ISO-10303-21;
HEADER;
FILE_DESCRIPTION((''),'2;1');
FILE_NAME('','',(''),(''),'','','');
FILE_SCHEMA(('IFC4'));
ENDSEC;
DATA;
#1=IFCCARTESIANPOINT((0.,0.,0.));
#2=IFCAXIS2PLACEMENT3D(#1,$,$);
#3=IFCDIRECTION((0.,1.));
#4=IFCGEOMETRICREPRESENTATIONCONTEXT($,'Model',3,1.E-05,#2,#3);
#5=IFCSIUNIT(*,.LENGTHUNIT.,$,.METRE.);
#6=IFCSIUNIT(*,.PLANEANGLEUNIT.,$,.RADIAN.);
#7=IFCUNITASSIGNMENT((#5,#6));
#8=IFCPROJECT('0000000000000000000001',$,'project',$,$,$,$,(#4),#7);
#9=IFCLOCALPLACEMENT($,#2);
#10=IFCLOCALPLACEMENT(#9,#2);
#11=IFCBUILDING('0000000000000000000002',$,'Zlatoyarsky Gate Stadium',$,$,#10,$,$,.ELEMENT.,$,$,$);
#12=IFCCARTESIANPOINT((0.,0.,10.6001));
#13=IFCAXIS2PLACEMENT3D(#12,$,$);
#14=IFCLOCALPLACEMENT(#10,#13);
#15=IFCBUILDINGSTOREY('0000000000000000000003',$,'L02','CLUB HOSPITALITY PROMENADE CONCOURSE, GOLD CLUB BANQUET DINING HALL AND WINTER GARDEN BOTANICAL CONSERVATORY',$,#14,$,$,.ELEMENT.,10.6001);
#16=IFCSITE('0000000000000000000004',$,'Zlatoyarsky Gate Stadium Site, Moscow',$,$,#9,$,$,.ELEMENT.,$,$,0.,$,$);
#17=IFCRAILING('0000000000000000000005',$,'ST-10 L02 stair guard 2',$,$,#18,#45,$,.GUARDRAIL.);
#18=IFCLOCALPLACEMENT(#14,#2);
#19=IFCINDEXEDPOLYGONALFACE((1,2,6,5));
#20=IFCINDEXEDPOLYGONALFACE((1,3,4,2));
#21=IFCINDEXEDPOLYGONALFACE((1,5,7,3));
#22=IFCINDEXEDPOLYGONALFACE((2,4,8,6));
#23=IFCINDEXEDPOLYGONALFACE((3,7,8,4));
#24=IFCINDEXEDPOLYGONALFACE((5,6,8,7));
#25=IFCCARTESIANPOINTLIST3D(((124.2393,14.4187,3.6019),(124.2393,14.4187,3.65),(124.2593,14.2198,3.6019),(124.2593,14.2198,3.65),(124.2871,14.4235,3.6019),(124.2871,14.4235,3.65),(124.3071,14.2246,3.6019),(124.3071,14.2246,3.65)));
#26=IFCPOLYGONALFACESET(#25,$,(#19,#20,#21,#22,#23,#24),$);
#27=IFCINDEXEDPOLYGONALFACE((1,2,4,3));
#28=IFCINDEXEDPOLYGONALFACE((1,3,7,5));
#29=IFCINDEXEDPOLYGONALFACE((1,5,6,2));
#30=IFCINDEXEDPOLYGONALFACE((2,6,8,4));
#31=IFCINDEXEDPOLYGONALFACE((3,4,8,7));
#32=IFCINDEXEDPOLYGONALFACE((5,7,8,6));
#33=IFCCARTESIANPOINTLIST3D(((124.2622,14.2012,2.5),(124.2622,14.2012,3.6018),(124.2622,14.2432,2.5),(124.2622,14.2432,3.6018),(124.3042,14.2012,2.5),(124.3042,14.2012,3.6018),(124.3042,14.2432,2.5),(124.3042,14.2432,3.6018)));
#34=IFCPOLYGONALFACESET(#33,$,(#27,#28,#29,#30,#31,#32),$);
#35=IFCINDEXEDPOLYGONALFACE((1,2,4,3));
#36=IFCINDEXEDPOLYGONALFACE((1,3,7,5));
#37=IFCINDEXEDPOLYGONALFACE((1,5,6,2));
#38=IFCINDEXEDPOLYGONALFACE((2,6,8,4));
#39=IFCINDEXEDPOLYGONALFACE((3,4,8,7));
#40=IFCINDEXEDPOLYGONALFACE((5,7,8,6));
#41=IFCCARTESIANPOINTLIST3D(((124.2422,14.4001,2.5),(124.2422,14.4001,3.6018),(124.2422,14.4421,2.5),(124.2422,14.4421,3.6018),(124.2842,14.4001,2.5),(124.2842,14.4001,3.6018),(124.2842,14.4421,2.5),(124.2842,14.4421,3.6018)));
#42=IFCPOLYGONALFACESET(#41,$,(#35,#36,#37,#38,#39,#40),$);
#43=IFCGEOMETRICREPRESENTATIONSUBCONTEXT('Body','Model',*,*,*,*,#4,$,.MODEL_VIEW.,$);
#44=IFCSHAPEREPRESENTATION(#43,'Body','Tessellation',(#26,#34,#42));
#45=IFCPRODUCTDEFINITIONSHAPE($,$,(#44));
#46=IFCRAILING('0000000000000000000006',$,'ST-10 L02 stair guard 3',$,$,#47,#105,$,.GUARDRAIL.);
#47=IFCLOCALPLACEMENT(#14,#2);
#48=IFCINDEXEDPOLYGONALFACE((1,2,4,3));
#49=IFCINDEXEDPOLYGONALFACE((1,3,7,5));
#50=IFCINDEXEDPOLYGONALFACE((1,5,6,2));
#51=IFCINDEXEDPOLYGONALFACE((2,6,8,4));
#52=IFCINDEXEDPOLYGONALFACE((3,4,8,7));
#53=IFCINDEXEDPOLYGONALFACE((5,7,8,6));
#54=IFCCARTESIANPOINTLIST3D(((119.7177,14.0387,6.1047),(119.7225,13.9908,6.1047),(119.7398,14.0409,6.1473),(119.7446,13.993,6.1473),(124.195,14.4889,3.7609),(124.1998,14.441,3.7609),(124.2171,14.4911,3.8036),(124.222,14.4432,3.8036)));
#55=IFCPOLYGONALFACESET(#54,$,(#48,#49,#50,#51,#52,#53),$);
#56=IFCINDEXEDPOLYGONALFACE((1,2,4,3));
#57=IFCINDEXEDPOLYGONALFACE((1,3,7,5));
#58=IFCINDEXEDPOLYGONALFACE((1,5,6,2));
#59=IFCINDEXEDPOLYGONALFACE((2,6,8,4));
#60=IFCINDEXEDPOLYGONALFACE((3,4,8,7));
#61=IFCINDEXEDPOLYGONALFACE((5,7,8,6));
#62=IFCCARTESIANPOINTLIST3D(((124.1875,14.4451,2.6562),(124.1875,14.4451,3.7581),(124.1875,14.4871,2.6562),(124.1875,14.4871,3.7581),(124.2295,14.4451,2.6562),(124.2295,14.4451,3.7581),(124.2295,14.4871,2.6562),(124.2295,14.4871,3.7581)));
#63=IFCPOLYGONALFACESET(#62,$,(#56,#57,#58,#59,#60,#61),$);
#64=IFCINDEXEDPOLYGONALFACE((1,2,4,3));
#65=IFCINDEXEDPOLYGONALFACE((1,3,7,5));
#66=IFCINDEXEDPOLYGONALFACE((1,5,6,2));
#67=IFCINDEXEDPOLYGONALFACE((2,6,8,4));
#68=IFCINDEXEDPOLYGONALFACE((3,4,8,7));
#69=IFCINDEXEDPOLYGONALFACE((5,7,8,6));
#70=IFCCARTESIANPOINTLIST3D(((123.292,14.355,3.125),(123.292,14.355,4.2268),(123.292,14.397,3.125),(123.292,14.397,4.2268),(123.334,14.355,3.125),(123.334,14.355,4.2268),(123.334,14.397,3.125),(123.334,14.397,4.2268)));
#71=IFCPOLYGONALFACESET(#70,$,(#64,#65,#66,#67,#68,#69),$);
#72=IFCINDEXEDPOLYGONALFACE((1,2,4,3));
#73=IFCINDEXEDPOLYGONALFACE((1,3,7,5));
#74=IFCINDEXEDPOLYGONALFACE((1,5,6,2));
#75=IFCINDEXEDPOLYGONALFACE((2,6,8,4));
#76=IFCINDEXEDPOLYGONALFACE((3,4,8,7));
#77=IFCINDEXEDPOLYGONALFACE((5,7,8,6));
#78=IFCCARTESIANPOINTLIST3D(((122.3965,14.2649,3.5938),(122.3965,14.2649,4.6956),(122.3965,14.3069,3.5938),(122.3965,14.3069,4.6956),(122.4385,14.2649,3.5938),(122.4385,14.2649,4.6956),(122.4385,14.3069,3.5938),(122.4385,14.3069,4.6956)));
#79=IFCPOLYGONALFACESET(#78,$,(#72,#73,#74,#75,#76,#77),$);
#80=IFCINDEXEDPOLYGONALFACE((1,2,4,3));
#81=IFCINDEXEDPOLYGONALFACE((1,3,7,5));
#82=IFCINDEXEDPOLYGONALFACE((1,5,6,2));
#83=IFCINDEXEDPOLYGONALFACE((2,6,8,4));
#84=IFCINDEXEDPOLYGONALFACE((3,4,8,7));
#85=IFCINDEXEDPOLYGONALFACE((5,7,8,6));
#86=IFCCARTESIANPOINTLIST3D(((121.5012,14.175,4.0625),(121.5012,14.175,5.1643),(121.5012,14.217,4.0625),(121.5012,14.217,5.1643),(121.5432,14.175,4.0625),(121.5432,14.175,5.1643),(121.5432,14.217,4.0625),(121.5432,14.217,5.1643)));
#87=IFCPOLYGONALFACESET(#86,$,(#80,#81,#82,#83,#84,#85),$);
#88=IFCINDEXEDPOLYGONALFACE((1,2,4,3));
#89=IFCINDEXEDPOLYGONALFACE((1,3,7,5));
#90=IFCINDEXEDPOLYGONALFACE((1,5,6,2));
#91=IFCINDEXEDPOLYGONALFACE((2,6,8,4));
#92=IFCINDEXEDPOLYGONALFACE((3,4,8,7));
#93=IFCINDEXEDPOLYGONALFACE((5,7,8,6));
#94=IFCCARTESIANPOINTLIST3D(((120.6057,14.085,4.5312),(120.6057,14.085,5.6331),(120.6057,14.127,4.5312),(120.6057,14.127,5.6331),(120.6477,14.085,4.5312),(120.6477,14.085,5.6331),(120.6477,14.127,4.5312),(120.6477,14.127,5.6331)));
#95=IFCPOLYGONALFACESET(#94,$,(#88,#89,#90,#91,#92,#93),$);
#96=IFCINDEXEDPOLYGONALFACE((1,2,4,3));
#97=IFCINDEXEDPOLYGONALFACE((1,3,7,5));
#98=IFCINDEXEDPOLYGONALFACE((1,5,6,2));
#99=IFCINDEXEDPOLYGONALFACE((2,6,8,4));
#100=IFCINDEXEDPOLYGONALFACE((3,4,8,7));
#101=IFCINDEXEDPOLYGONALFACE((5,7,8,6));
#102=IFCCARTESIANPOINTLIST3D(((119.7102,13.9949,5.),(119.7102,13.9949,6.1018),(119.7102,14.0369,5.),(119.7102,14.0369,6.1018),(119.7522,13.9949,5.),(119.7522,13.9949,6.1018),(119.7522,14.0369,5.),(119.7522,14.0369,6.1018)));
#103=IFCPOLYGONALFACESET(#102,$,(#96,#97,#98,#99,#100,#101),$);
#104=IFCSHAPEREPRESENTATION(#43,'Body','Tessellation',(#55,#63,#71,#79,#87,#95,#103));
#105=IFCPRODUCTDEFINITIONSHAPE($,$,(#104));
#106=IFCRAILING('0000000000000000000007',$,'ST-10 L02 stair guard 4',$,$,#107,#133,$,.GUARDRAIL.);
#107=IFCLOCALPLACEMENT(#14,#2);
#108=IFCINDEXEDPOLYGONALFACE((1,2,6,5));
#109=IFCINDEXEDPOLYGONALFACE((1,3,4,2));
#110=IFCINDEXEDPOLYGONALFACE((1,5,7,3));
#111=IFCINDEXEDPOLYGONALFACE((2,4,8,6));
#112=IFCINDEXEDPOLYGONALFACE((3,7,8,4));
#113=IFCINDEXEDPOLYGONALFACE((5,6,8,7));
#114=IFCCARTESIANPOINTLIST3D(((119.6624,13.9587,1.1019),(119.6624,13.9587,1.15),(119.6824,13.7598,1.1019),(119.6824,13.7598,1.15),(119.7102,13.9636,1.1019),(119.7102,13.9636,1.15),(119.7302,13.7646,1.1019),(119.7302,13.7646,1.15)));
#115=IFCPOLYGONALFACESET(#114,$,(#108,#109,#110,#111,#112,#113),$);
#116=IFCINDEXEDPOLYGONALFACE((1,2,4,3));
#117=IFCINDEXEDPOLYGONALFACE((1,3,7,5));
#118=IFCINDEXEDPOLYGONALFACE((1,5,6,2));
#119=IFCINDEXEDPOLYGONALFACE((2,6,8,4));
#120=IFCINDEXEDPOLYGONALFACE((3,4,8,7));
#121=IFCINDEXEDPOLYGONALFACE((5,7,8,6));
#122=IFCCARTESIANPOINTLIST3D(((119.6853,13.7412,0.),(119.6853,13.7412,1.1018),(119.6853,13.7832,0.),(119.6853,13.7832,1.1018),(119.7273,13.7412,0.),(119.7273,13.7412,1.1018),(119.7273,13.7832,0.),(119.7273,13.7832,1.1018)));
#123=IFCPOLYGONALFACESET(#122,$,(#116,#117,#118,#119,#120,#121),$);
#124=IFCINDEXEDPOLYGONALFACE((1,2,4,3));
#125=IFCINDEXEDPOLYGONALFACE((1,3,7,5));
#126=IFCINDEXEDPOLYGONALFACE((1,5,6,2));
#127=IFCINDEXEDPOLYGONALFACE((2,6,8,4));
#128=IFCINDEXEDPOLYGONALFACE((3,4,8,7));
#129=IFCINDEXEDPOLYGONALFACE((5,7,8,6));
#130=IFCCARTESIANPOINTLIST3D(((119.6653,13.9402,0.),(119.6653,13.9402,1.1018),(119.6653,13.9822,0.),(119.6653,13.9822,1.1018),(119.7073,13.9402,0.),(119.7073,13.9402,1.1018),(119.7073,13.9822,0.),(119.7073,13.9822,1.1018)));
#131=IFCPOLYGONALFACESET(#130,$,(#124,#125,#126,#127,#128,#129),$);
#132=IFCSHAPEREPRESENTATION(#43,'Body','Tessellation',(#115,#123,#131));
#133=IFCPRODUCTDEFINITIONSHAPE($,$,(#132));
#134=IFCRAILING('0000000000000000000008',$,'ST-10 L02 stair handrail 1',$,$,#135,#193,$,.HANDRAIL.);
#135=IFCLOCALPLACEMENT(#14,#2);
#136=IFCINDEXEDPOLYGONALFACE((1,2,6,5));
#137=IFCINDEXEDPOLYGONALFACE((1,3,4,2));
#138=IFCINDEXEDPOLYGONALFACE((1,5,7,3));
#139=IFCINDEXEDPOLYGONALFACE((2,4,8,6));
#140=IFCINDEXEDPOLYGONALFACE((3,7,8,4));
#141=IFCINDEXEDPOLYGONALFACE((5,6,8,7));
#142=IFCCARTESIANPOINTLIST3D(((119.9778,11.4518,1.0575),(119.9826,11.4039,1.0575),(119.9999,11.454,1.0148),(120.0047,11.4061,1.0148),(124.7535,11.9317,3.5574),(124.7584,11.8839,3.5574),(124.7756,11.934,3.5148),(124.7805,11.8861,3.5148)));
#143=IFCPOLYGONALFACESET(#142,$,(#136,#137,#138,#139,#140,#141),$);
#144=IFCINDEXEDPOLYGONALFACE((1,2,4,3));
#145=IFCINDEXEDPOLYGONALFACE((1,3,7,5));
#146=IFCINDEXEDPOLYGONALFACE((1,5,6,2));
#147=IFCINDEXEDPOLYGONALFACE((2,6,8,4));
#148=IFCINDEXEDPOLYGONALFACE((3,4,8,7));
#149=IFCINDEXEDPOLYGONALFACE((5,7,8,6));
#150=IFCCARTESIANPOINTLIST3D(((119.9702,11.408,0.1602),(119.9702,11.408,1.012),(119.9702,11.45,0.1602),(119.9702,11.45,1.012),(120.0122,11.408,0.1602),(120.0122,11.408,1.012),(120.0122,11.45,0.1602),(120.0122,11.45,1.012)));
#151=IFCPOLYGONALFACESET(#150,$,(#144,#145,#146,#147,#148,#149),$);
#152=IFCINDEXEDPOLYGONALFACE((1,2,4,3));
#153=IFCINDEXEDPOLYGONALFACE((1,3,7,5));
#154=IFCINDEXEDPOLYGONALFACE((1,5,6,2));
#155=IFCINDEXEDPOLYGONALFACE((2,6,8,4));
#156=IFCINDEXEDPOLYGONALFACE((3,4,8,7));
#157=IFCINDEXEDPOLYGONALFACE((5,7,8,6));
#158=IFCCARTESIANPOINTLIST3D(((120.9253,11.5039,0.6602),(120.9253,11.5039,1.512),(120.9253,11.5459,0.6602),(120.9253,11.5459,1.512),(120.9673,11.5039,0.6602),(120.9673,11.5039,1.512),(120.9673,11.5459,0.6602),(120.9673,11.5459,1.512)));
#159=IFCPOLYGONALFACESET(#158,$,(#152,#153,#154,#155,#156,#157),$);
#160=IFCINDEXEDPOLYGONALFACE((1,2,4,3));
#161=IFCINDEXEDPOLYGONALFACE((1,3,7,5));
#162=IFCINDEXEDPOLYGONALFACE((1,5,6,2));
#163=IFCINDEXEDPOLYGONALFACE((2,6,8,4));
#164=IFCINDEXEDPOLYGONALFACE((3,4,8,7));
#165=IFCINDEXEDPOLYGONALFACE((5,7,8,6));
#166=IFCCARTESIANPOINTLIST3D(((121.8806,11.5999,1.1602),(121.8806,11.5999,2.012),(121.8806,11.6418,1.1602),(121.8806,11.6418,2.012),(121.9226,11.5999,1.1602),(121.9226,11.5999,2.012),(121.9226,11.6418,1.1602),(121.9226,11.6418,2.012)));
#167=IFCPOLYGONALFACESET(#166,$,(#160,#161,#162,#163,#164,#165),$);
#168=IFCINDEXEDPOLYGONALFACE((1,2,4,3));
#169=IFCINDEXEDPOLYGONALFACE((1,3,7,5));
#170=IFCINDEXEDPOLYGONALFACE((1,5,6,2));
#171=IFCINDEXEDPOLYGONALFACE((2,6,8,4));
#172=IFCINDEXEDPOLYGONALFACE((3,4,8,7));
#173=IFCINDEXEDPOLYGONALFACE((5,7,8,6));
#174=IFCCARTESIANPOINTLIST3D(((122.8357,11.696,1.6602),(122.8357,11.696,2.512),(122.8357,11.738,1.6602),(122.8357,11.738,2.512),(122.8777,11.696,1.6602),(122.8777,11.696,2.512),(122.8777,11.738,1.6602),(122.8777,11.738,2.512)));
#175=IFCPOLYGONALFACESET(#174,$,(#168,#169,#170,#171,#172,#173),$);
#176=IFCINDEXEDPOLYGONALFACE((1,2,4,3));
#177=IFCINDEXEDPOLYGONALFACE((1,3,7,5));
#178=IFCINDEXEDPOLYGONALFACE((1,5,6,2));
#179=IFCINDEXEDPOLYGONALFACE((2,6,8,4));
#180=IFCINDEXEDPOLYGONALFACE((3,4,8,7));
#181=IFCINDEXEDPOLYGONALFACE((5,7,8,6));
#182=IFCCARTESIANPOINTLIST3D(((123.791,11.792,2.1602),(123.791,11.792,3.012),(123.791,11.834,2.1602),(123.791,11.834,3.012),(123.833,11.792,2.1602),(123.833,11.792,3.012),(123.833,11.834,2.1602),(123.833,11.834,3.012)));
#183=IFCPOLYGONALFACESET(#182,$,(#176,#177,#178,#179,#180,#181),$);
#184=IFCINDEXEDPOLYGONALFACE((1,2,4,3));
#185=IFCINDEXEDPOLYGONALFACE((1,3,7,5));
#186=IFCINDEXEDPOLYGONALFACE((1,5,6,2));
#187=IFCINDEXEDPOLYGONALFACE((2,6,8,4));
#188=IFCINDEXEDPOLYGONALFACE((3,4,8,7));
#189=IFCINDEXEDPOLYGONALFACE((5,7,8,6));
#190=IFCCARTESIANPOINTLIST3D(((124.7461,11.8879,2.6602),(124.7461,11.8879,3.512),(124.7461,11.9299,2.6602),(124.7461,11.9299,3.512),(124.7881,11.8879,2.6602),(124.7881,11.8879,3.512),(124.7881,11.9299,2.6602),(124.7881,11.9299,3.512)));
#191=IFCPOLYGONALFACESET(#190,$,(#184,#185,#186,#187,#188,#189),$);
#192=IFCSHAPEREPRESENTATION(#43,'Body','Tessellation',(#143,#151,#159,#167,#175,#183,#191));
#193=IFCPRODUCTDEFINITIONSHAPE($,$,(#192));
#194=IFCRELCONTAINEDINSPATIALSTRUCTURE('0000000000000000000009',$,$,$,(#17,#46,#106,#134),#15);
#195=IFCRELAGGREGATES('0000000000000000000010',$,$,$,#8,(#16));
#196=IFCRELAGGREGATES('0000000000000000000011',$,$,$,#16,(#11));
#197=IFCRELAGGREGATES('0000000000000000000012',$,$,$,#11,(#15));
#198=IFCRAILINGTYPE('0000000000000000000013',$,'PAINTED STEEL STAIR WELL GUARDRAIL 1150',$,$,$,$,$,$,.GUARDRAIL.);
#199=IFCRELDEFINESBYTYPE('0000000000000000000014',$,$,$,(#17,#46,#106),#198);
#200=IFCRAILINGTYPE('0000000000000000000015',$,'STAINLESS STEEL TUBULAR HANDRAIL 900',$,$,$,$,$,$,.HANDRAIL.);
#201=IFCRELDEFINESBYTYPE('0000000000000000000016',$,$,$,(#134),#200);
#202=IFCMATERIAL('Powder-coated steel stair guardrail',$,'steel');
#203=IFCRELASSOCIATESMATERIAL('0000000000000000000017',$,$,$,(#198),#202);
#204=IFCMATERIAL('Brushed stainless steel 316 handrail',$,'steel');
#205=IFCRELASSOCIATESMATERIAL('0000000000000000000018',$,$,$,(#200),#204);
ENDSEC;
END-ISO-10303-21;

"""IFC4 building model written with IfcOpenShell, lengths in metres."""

from ifc_helpers import new_model, si_unit, direction, frame, origin, origin_2d, place, context, subcontext, project, spatial, rectangle, extrude, material, type_object, element, save


model = new_model("IFC4")

# Units and contexts
model_context = context("Model", 3, precision=1e-05, world=origin(), true_north=direction((0.0, 1.0)))
body_context = subcontext(model_context, "Body", "Model", "MODEL_VIEW")
ifc_project = project(units=[si_unit("LENGTHUNIT", "METRE"), si_unit("PLANEANGLEUNIT", "RADIAN")], contexts=[model_context])

# Site, building, storey
site_placement = place(None, origin())
site = spatial("IfcSite", under=ifc_project, at=site_placement, Name="Zlatoyarsky Gate Stadium Site, Moscow", CompositionType="ELEMENT", RefElevation=0.0)
building_placement = place(site_placement, origin())
building = spatial("IfcBuilding", under=site, at=building_placement, Name="Zlatoyarsky Gate Stadium", CompositionType="ELEMENT")
storey_placement = place(building_placement, frame((0.0, 0.0, 10.6001)))
storey = spatial("IfcBuildingStorey", under=building, at=storey_placement, Name="L02", Description="CLUB HOSPITALITY PROMENADE CONCOURSE, GOLD CLUB BANQUET DINING HALL AND WINTER GARDEN BOTANICAL CONSERVATORY", CompositionType="ELEMENT", Elevation=10.6001)

# Railings
ifc_material_1 = material(Name="Powder-coated steel stair guardrail", Category="steel")
railing_type_1 = type_object("IfcRailingType", Name="PAINTED STEEL STAIR WELL GUARDRAIL 1150", PredefinedType="GUARDRAIL", material=ifc_material_1)
railing_1_placement = place(storey_placement, frame((124.2832, 14.2222, 2.5)))
element("IfcRailing", 1, at=railing_1_placement, inside=storey, type_object=railing_type_1, Name="ST-10 L02 stair guard 2", PredefinedType="GUARDRAIL", context=body_context, shape_type="SweptSolid", body=[
    extrude(rectangle(XDim=0.0481, YDim=0.0481, at=origin_2d()), frame((0.0, 0.0, 1.126), z_axis=(-0.100108, 0.994977, 0.0), x_axis=(-0.994977, -0.100108, 0.0)), (0.0, 0.0, 1.0), 0.2),
    extrude(rectangle(XDim=0.042, YDim=0.042, at=origin_2d()), origin(), (0.0, 0.0, 1.0), 1.1018),
    extrude(rectangle(XDim=0.042, YDim=0.042, at=origin_2d()), frame((-0.02, 0.199, 0.0)), (0.0, 0.0, 1.0), 1.1018),
])
railing_2_placement = place(storey_placement, frame((124.2085, 14.4661, 2.6562)))
element("IfcRailing", 2, at=railing_2_placement, inside=storey, type_object=railing_type_1, Name="ST-10 L02 stair guard 3", PredefinedType="GUARDRAIL", context=body_context, shape_type="SweptSolid", body=[
    extrude(rectangle(XDim=0.0481, YDim=0.0481, at=origin_2d()), frame((0.0, 0.0, 1.126), z_axis=(-0.882459, -0.088732, 0.461945), x_axis=(0.100046, -0.994983, 0.0)), (0.0, 0.0, 1.0), 5.0737),
    extrude(rectangle(XDim=0.042, YDim=0.042, at=origin_2d()), origin(), (0.0, 0.0, 1.0), 1.1018),
    extrude(rectangle(XDim=0.042, YDim=0.042, at=origin_2d()), frame((-0.8955, -0.0901, 0.4688)), (0.0, 0.0, 1.0), 1.1018),
    extrude(rectangle(XDim=0.042, YDim=0.042, at=origin_2d()), frame((-1.791, -0.1802, 0.9375)), (0.0, 0.0, 1.0), 1.1018),
    extrude(rectangle(XDim=0.042, YDim=0.042, at=origin_2d()), frame((-2.6863, -0.27, 1.4062)), (0.0, 0.0, 1.0), 1.1018),
    extrude(rectangle(XDim=0.042, YDim=0.042, at=origin_2d()), frame((-3.5818, -0.3601, 1.875)), (0.0, 0.0, 1.0), 1.1018),
    extrude(rectangle(XDim=0.042, YDim=0.042, at=origin_2d()), frame((-4.4773, -0.4502, 2.3438)), (0.0, 0.0, 1.0), 1.1018),
])
railing_3_placement = place(storey_placement, frame((119.7063, 13.7622, 0.0)))
element("IfcRailing", 3, at=railing_3_placement, inside=storey, type_object=railing_type_1, Name="ST-10 L02 stair guard 4", PredefinedType="GUARDRAIL", context=body_context, shape_type="SweptSolid", body=[
    extrude(rectangle(XDim=0.0481, YDim=0.0481, at=origin_2d()), frame((0.0, 0.0, 1.126), z_axis=(-0.100108, 0.994977, 0.0), x_axis=(-0.994977, -0.100108, 0.0)), (0.0, 0.0, 1.0), 0.2),
    extrude(rectangle(XDim=0.042, YDim=0.042, at=origin_2d()), origin(), (0.0, 0.0, 1.0), 1.1018),
    extrude(rectangle(XDim=0.042, YDim=0.042, at=origin_2d()), frame((-0.02, 0.199, 0.0)), (0.0, 0.0, 1.0), 1.1018),
])
ifc_material_2 = material(Name="Brushed stainless steel 316 handrail", Category="steel")
railing_type_2 = type_object("IfcRailingType", Name="STAINLESS STEEL TUBULAR HANDRAIL 900", PredefinedType="HANDRAIL", material=ifc_material_2)
railing_4_placement = place(storey_placement, frame((119.9912, 11.429, 0.1602)))
element("IfcRailing", 4, at=railing_4_placement, inside=storey, type_object=railing_type_2, Name="ST-10 L02 stair handrail 1", PredefinedType="HANDRAIL", context=body_context, shape_type="SweptSolid", body=[
    extrude(rectangle(XDim=0.0481, YDim=0.0481, at=origin_2d()), frame((0.0, 0.0, 0.876), z_axis=(0.882466, 0.088689, 0.461939), x_axis=(-0.099997, 0.994988, 0.0)), (0.0, 0.0, 1.0), 5.4119),
    extrude(rectangle(XDim=0.042, YDim=0.042, at=origin_2d()), origin(), (0.0, 0.0, 1.0), 0.8518),
    extrude(rectangle(XDim=0.042, YDim=0.042, at=origin_2d()), frame((0.9551, 0.0959, 0.5)), (0.0, 0.0, 1.0), 0.8518),
    extrude(rectangle(XDim=0.042, YDim=0.042, at=origin_2d()), frame((1.9104, 0.1919, 1.0)), (0.0, 0.0, 1.0), 0.8518),
    extrude(rectangle(XDim=0.042, YDim=0.042, at=origin_2d()), frame((2.8655, 0.2881, 1.5)), (0.0, 0.0, 1.0), 0.8518),
    extrude(rectangle(XDim=0.042, YDim=0.042, at=origin_2d()), frame((3.8208, 0.384, 2.0)), (0.0, 0.0, 1.0), 0.8518),
    extrude(rectangle(XDim=0.042, YDim=0.042, at=origin_2d()), frame((4.7759, 0.48, 2.5)), (0.0, 0.0, 1.0), 0.8518),
])

save(model, "model.ifc")
